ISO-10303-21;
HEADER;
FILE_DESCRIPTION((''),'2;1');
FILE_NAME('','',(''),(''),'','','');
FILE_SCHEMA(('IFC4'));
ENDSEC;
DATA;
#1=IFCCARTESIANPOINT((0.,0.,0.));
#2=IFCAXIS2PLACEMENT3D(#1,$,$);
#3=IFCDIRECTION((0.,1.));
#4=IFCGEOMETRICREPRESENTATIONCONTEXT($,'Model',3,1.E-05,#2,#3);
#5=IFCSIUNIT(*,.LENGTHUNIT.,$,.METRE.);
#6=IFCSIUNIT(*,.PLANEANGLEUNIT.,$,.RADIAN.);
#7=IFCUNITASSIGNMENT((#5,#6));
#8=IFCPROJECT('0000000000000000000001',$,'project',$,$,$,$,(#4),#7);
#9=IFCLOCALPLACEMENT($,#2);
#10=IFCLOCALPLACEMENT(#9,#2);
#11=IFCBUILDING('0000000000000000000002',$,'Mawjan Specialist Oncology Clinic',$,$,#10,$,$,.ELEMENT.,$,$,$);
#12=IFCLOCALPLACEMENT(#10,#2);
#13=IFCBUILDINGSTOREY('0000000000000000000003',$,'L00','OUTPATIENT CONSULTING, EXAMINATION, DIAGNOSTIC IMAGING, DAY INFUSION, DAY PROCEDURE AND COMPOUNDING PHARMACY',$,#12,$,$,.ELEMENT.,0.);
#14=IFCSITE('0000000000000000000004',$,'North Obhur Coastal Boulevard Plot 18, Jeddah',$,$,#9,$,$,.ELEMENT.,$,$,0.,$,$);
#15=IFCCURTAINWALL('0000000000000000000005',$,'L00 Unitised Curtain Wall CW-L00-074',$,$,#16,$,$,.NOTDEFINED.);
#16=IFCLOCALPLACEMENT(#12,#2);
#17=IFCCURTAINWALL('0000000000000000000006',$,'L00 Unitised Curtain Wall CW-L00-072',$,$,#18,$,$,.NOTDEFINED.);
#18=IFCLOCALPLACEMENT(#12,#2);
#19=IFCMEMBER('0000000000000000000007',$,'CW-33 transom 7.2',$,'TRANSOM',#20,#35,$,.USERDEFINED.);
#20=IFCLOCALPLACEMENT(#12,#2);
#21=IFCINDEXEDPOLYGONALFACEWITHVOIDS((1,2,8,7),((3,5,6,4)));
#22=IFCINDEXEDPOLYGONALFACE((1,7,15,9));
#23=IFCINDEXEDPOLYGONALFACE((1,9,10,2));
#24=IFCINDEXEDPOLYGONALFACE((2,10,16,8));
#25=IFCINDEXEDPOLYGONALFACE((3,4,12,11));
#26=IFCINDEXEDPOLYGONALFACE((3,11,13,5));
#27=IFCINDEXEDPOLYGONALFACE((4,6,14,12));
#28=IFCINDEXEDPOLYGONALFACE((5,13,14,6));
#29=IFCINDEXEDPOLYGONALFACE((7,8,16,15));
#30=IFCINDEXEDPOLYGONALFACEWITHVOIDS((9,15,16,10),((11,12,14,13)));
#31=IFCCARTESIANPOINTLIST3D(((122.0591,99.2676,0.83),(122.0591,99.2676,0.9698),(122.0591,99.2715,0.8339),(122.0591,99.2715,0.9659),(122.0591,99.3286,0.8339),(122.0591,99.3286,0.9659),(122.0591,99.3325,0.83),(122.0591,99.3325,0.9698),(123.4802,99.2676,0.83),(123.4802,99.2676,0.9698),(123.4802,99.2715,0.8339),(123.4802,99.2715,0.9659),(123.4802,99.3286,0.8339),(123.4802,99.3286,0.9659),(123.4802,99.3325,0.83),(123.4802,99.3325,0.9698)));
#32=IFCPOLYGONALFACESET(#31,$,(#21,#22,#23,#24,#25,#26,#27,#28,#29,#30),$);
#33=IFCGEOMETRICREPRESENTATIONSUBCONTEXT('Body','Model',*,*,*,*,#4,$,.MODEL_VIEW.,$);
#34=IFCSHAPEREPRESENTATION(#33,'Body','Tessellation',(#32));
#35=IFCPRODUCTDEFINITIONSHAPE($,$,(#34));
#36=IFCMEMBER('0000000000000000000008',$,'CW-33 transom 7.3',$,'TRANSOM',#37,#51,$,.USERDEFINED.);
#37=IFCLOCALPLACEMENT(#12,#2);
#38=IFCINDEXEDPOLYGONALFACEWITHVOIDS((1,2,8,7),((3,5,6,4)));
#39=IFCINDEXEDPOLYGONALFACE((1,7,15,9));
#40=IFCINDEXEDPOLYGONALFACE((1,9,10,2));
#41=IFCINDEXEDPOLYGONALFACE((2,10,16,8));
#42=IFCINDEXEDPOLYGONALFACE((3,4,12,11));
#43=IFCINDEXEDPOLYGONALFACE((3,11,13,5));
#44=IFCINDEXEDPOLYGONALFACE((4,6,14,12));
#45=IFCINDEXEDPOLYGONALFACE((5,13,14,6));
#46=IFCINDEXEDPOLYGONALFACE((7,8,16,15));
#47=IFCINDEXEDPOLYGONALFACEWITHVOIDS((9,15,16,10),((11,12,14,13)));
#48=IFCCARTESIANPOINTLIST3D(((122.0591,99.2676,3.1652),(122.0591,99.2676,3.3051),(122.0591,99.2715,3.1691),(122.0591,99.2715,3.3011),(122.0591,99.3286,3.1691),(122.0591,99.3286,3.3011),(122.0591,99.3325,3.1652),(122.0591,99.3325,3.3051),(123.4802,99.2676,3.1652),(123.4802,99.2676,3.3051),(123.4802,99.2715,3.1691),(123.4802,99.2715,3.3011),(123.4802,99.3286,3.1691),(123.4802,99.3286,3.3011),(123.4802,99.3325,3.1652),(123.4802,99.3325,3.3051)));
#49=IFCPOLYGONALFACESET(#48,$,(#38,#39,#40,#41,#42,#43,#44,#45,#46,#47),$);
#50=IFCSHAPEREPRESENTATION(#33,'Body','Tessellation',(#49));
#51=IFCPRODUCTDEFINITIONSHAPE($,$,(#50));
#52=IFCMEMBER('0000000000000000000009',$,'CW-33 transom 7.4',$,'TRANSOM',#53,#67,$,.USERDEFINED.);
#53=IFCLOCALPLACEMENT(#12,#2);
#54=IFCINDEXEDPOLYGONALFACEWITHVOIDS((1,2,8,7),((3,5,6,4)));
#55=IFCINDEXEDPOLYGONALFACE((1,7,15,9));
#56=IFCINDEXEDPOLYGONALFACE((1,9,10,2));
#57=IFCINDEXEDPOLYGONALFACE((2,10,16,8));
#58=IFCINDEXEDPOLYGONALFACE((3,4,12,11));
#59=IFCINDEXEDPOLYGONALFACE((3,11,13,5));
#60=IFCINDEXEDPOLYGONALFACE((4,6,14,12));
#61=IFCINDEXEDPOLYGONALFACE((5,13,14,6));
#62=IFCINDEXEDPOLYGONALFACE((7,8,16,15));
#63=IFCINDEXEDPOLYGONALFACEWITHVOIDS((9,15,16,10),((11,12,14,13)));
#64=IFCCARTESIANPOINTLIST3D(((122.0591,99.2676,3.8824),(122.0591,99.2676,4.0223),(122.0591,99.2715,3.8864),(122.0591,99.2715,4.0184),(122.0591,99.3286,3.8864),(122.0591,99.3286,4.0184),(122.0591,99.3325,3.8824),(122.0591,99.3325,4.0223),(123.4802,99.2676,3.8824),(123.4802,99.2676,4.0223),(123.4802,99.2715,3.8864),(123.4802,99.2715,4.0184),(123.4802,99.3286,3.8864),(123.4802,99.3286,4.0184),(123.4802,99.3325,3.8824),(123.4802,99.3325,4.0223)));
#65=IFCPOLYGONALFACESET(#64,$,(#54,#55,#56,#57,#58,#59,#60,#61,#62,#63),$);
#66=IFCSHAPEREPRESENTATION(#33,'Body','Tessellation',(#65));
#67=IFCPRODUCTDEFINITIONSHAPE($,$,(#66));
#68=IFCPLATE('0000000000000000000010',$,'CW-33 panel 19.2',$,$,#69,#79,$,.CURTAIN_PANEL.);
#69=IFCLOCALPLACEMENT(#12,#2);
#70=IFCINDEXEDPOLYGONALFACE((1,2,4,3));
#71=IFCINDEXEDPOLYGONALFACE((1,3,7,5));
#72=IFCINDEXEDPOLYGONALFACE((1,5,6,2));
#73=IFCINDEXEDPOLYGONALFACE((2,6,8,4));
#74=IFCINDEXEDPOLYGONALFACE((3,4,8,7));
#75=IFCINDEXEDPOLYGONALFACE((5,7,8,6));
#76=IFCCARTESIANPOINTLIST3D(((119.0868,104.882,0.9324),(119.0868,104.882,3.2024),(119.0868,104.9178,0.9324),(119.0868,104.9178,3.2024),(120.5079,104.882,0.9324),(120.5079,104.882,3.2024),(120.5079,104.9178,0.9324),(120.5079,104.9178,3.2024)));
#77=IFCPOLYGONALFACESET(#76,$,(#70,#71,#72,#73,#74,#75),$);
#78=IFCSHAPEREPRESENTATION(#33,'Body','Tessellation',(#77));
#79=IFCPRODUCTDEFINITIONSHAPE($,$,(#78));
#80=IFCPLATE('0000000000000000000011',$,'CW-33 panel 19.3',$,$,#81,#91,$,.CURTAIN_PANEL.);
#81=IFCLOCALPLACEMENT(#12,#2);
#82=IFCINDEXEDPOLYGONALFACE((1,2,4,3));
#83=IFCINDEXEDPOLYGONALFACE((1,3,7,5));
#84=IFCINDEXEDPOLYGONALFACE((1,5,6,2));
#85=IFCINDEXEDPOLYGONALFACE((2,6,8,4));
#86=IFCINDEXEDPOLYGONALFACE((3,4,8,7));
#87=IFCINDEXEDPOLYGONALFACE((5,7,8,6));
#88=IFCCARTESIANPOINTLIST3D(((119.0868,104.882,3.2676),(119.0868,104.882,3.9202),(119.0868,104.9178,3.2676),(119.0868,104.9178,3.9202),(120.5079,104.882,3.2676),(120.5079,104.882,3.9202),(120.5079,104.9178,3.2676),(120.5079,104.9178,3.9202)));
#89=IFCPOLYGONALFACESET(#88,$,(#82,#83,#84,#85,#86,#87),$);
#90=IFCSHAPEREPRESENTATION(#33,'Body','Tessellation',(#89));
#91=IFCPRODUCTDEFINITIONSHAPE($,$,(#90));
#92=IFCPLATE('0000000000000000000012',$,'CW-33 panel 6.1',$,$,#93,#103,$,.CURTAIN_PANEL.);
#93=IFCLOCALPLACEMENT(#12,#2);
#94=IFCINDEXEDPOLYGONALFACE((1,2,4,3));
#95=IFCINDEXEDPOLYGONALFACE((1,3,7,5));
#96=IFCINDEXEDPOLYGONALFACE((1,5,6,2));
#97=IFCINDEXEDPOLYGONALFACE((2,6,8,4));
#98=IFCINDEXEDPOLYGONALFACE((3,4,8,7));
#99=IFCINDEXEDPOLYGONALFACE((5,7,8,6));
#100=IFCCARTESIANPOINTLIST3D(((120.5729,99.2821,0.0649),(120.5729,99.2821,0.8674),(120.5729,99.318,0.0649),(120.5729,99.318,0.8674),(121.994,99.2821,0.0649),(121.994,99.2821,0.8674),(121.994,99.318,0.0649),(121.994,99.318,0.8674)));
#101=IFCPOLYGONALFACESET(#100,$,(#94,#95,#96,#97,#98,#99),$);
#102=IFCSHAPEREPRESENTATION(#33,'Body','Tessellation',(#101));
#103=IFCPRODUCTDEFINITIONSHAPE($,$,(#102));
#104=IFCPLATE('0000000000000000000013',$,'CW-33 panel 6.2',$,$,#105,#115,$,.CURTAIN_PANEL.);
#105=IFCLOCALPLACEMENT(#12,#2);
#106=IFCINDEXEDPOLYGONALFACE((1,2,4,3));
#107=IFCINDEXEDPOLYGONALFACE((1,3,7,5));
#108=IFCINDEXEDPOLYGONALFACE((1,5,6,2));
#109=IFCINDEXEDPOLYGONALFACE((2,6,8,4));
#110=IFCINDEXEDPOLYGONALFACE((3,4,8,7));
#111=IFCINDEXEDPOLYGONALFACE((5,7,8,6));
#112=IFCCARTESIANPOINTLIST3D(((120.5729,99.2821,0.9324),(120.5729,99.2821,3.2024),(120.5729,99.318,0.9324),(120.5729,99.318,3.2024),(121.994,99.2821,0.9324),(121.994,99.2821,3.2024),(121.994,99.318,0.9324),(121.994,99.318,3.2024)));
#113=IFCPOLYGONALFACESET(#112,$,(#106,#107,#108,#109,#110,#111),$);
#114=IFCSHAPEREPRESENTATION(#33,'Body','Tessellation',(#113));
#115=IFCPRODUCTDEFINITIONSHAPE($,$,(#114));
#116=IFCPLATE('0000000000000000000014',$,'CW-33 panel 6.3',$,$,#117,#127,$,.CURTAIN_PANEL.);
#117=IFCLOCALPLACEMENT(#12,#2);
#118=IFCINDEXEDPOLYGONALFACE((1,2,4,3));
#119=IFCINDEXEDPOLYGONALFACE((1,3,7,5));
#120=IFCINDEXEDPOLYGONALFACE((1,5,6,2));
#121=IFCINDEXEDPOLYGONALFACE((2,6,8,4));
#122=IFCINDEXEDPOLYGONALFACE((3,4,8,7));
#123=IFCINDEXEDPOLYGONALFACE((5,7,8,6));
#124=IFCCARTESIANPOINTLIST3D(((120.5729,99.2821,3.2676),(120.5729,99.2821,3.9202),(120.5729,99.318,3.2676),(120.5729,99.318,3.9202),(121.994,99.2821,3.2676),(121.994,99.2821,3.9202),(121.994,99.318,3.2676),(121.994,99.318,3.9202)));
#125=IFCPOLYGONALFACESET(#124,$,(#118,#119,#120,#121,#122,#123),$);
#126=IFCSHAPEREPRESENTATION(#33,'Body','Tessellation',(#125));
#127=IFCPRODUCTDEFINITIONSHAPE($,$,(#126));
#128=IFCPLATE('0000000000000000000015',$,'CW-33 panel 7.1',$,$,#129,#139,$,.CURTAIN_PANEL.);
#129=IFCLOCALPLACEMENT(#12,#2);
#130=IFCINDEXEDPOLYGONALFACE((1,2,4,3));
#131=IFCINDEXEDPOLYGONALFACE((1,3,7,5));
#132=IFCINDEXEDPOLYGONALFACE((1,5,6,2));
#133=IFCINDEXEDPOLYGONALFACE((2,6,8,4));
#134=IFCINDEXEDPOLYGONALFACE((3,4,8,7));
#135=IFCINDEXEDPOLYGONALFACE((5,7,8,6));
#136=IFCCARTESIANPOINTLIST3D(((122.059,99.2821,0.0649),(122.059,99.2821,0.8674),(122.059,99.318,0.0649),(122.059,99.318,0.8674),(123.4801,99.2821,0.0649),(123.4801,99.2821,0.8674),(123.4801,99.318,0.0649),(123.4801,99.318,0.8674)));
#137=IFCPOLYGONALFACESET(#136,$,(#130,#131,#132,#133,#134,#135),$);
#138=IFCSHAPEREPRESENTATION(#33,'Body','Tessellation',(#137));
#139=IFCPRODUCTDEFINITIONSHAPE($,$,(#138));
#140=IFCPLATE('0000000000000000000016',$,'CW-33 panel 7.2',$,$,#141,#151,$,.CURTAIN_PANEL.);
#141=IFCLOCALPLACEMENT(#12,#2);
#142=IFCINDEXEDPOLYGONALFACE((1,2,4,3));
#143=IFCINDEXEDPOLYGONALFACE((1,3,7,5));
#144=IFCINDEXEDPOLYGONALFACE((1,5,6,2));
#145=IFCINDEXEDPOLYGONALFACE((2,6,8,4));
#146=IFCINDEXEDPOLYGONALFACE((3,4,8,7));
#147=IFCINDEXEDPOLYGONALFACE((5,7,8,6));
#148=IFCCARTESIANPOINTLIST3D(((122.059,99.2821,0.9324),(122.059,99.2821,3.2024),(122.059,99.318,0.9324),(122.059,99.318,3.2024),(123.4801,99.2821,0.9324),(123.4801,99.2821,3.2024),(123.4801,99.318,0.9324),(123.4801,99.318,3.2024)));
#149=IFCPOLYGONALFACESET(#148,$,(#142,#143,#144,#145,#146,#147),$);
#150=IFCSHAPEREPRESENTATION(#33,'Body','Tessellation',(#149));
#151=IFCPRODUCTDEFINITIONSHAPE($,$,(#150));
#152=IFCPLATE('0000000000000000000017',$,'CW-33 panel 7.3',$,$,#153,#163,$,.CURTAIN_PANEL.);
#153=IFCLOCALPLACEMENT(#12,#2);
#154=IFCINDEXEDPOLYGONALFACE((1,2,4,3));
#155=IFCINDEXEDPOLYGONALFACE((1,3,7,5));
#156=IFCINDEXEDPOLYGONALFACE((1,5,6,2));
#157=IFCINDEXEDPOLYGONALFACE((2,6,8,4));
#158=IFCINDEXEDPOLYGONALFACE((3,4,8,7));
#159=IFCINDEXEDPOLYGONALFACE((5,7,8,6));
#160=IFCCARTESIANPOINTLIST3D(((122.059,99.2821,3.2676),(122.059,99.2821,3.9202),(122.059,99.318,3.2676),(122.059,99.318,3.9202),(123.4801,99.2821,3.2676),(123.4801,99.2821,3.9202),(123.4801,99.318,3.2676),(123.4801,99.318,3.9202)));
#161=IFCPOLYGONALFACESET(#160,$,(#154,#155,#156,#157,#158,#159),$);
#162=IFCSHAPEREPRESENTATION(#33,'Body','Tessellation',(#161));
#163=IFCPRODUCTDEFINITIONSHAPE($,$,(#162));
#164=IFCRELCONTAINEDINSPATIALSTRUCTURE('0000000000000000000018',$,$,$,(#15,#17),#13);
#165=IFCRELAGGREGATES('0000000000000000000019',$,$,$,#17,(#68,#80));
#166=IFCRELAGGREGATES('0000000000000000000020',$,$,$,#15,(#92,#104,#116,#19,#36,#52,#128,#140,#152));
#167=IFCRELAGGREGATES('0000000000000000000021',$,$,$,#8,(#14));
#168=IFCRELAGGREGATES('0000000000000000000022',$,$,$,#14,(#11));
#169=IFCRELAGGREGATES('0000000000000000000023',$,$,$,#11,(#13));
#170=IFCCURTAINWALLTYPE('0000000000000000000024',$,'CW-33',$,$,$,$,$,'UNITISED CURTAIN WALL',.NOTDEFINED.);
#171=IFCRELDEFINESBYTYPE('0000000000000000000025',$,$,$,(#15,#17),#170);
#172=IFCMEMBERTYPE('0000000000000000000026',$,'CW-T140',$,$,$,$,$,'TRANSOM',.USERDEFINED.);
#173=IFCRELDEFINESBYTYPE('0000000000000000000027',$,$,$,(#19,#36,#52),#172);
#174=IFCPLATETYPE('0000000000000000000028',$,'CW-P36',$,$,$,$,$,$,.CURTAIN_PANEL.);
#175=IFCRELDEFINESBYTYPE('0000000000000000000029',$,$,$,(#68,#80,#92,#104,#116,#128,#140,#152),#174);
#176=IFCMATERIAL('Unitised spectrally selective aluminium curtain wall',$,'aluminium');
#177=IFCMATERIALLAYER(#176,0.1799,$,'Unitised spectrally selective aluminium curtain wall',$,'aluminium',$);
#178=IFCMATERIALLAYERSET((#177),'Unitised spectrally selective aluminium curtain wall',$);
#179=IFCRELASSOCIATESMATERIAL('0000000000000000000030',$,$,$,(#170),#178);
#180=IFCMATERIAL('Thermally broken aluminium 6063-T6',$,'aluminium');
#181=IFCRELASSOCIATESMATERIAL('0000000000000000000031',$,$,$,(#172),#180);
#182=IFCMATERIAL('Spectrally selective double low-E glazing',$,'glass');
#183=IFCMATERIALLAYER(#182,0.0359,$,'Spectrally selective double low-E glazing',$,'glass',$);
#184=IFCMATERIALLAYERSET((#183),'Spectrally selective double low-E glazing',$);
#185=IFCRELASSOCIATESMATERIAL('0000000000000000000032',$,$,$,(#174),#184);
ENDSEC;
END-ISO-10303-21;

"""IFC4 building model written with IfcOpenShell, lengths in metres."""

from ifc_helpers import new_model, si_unit, direction, frame, origin, origin_2d, place, context, subcontext, project, spatial, rectangle, hollow_rectangle, extrude, material, layer, layer_set, material_profile, profile_set, type_object, element, aggregate, save


model = new_model("IFC4")

# Units and contexts
model_context = context("Model", 3, precision=1e-05, world=origin(), true_north=direction((0.0, 1.0)))
body_context = subcontext(model_context, "Body", "Model", "MODEL_VIEW")
ifc_project = project(units=[si_unit("LENGTHUNIT", "METRE"), si_unit("PLANEANGLEUNIT", "RADIAN")], contexts=[model_context])

# Site, building, storey
site_placement = place(None, origin())
site = spatial("IfcSite", under=ifc_project, at=site_placement, Name="North Obhur Coastal Boulevard Plot 18, Jeddah", CompositionType="ELEMENT", RefElevation=0.0)
building_placement = place(site_placement, origin())
building = spatial("IfcBuilding", under=site, at=building_placement, Name="Mawjan Specialist Oncology Clinic", CompositionType="ELEMENT")
storey_placement = place(building_placement, origin())
storey = spatial("IfcBuildingStorey", under=building, at=storey_placement, Name="L00", Description="OUTPATIENT CONSULTING, EXAMINATION, DIAGNOSTIC IMAGING, DAY INFUSION, DAY PROCEDURE AND COMPOUNDING PHARMACY", CompositionType="ELEMENT", Elevation=0.0)

# Curtain walls
ifc_material_1 = material(Name="Unitised spectrally selective aluminium curtain wall", Category="aluminium")
ifc_layer_1 = layer(ifc_material_1, 0.1799, Name="Unitised spectrally selective aluminium curtain wall", Category="aluminium")
ifc_layer_set_1 = layer_set([ifc_layer_1], Name="Unitised spectrally selective aluminium curtain wall")
curtain_wall_type = type_object("IfcCurtainWallType", Name="CW-33", ElementType="UNITISED CURTAIN WALL", PredefinedType="NOTDEFINED", material=ifc_layer_set_1)
curtain_wall_1_placement = place(storey_placement, origin())
curtain_wall_1 = element("IfcCurtainWall", 1, at=curtain_wall_1_placement, inside=storey, type_object=curtain_wall_type, Name="L00 Unitised Curtain Wall CW-L00-074", PredefinedType="NOTDEFINED")
curtain_wall_2_placement = place(storey_placement, origin())
curtain_wall_2 = element("IfcCurtainWall", 2, at=curtain_wall_2_placement, inside=storey, type_object=curtain_wall_type, Name="L00 Unitised Curtain Wall CW-L00-072", PredefinedType="NOTDEFINED")
ifc_material_2 = material(Name="Thermally broken aluminium 6063-T6", Category="aluminium")
ifc_material_profile_1 = material_profile(ifc_material_2, hollow_rectangle(XDim=0.0649, YDim=0.1399, WallThickness=0.0039, at=origin_2d()), Name="ALU TRANSOM 140x65x4", Category="aluminium")
ifc_profile_set_1 = profile_set([ifc_material_profile_1], Name="Thermally broken aluminium 6063-T6")
member_type_1 = type_object("IfcMemberType", Name="CW-T140", ElementType="TRANSOM", PredefinedType="USERDEFINED", material=ifc_profile_set_1)

# Members
member_1_placement = place(storey_placement, frame((122.0591, 99.3, 0.8999), z_axis=(1.0, 0.0, 0.0), x_axis=(0.0, 1.0, 0.0)))
member_1 = element("IfcMember", 3, at=member_1_placement, type_object=member_type_1, Name="CW-33 transom 7.2", ObjectType="TRANSOM", PredefinedType="USERDEFINED", context=body_context, shape_type="SweptSolid", body=[
    extrude(hollow_rectangle(XDim=0.0649, YDim=0.1399, WallThickness=0.0039, at=origin_2d()), origin(), (0.0, 0.0, 1.0), 1.4211),
])
member_2_placement = place(storey_placement, frame((122.0591, 99.3, 3.2351), z_axis=(1.0, 0.0, 0.0), x_axis=(0.0, 1.0, 0.0)))
member_2 = element("IfcMember", 4, at=member_2_placement, type_object=member_type_1, Name="CW-33 transom 7.3", ObjectType="TRANSOM", PredefinedType="USERDEFINED", context=body_context, shape_type="SweptSolid", body=[
    extrude(hollow_rectangle(XDim=0.0649, YDim=0.1399, WallThickness=0.0039, at=origin_2d()), origin(), (0.0, 0.0, 1.0), 1.4211),
])
member_3_placement = place(storey_placement, frame((122.0591, 99.3, 3.9524), z_axis=(1.0, 0.0, 0.0), x_axis=(0.0, 1.0, 0.0)))
member_3 = element("IfcMember", 5, at=member_3_placement, type_object=member_type_1, Name="CW-33 transom 7.4", ObjectType="TRANSOM", PredefinedType="USERDEFINED", context=body_context, shape_type="SweptSolid", body=[
    extrude(hollow_rectangle(XDim=0.0649, YDim=0.1399, WallThickness=0.0039, at=origin_2d()), origin(), (0.0, 0.0, 1.0), 1.4211),
])

# Plates
ifc_material_3 = material(Name="Spectrally selective double low-E glazing", Category="glass")
ifc_layer_2 = layer(ifc_material_3, 0.0359, Name="Spectrally selective double low-E glazing", Category="glass")
ifc_layer_set_2 = layer_set([ifc_layer_2], Name="Spectrally selective double low-E glazing")
plate_type = type_object("IfcPlateType", Name="CW-P36", PredefinedType="CURTAIN_PANEL", material=ifc_layer_set_2)
plate_1_placement = place(storey_placement, frame((119.7974, 104.8999, 0.9324), z_axis=(0.0, 0.0, 1.0), x_axis=(-1.0, 0.0, 0.0)))
plate_1 = element("IfcPlate", 6, at=plate_1_placement, type_object=plate_type, Name="CW-33 panel 19.2", PredefinedType="CURTAIN_PANEL", context=body_context, shape_type="SweptSolid", body=[
    extrude(rectangle(XDim=1.4211, YDim=0.0359, at=origin_2d()), origin(), (0.0, 0.0, 1.0), 2.27),
])
plate_2_placement = place(storey_placement, frame((119.7974, 104.8999, 3.2676), z_axis=(0.0, 0.0, 1.0), x_axis=(-1.0, 0.0, 0.0)))
plate_2 = element("IfcPlate", 7, at=plate_2_placement, type_object=plate_type, Name="CW-33 panel 19.3", PredefinedType="CURTAIN_PANEL", context=body_context, shape_type="SweptSolid", body=[
    extrude(rectangle(XDim=1.4211, YDim=0.0359, at=origin_2d()), origin(), (0.0, 0.0, 1.0), 0.6526),
])
aggregate(curtain_wall_2, [plate_1, plate_2])
plate_3_placement = place(storey_placement, frame((121.2834, 99.3, 0.0649), z_axis=(0.0, 0.0, 1.0), x_axis=(1.0, 0.0, 0.0)))
plate_3 = element("IfcPlate", 8, at=plate_3_placement, type_object=plate_type, Name="CW-33 panel 6.1", PredefinedType="CURTAIN_PANEL", context=body_context, shape_type="SweptSolid", body=[
    extrude(rectangle(XDim=1.4211, YDim=0.0359, at=origin_2d()), origin(), (0.0, 0.0, 1.0), 0.8025),
])
plate_4_placement = place(storey_placement, frame((121.2834, 99.3, 0.9324), z_axis=(0.0, 0.0, 1.0), x_axis=(1.0, 0.0, 0.0)))
plate_4 = element("IfcPlate", 9, at=plate_4_placement, type_object=plate_type, Name="CW-33 panel 6.2", PredefinedType="CURTAIN_PANEL", context=body_context, shape_type="SweptSolid", body=[
    extrude(rectangle(XDim=1.4211, YDim=0.0359, at=origin_2d()), origin(), (0.0, 0.0, 1.0), 2.27),
])
plate_5_placement = place(storey_placement, frame((121.2834, 99.3, 3.2676), z_axis=(0.0, 0.0, 1.0), x_axis=(1.0, 0.0, 0.0)))
plate_5 = element("IfcPlate", 10, at=plate_5_placement, type_object=plate_type, Name="CW-33 panel 6.3", PredefinedType="CURTAIN_PANEL", context=body_context, shape_type="SweptSolid", body=[
    extrude(rectangle(XDim=1.4211, YDim=0.0359, at=origin_2d()), origin(), (0.0, 0.0, 1.0), 0.6526),
])
plate_6_placement = place(storey_placement, frame((122.7695, 99.3, 0.0649), z_axis=(0.0, 0.0, 1.0), x_axis=(1.0, 0.0, 0.0)))
plate_6 = element("IfcPlate", 11, at=plate_6_placement, type_object=plate_type, Name="CW-33 panel 7.1", PredefinedType="CURTAIN_PANEL", context=body_context, shape_type="SweptSolid", body=[
    extrude(rectangle(XDim=1.4211, YDim=0.0359, at=origin_2d()), origin(), (0.0, 0.0, 1.0), 0.8025),
])
plate_7_placement = place(storey_placement, frame((122.7695, 99.3, 0.9324), z_axis=(0.0, 0.0, 1.0), x_axis=(1.0, 0.0, 0.0)))
plate_7 = element("IfcPlate", 12, at=plate_7_placement, type_object=plate_type, Name="CW-33 panel 7.2", PredefinedType="CURTAIN_PANEL", context=body_context, shape_type="SweptSolid", body=[
    extrude(rectangle(XDim=1.4211, YDim=0.0359, at=origin_2d()), origin(), (0.0, 0.0, 1.0), 2.27),
])
plate_8_placement = place(storey_placement, frame((122.7695, 99.3, 3.2676), z_axis=(0.0, 0.0, 1.0), x_axis=(1.0, 0.0, 0.0)))
plate_8 = element("IfcPlate", 13, at=plate_8_placement, type_object=plate_type, Name="CW-33 panel 7.3", PredefinedType="CURTAIN_PANEL", context=body_context, shape_type="SweptSolid", body=[
    extrude(rectangle(XDim=1.4211, YDim=0.0359, at=origin_2d()), origin(), (0.0, 0.0, 1.0), 0.6526),
])
aggregate(curtain_wall_1, [plate_3, plate_4, plate_5, member_1, member_2, member_3, plate_6, plate_7, plate_8])

save(model, "model.ifc")
